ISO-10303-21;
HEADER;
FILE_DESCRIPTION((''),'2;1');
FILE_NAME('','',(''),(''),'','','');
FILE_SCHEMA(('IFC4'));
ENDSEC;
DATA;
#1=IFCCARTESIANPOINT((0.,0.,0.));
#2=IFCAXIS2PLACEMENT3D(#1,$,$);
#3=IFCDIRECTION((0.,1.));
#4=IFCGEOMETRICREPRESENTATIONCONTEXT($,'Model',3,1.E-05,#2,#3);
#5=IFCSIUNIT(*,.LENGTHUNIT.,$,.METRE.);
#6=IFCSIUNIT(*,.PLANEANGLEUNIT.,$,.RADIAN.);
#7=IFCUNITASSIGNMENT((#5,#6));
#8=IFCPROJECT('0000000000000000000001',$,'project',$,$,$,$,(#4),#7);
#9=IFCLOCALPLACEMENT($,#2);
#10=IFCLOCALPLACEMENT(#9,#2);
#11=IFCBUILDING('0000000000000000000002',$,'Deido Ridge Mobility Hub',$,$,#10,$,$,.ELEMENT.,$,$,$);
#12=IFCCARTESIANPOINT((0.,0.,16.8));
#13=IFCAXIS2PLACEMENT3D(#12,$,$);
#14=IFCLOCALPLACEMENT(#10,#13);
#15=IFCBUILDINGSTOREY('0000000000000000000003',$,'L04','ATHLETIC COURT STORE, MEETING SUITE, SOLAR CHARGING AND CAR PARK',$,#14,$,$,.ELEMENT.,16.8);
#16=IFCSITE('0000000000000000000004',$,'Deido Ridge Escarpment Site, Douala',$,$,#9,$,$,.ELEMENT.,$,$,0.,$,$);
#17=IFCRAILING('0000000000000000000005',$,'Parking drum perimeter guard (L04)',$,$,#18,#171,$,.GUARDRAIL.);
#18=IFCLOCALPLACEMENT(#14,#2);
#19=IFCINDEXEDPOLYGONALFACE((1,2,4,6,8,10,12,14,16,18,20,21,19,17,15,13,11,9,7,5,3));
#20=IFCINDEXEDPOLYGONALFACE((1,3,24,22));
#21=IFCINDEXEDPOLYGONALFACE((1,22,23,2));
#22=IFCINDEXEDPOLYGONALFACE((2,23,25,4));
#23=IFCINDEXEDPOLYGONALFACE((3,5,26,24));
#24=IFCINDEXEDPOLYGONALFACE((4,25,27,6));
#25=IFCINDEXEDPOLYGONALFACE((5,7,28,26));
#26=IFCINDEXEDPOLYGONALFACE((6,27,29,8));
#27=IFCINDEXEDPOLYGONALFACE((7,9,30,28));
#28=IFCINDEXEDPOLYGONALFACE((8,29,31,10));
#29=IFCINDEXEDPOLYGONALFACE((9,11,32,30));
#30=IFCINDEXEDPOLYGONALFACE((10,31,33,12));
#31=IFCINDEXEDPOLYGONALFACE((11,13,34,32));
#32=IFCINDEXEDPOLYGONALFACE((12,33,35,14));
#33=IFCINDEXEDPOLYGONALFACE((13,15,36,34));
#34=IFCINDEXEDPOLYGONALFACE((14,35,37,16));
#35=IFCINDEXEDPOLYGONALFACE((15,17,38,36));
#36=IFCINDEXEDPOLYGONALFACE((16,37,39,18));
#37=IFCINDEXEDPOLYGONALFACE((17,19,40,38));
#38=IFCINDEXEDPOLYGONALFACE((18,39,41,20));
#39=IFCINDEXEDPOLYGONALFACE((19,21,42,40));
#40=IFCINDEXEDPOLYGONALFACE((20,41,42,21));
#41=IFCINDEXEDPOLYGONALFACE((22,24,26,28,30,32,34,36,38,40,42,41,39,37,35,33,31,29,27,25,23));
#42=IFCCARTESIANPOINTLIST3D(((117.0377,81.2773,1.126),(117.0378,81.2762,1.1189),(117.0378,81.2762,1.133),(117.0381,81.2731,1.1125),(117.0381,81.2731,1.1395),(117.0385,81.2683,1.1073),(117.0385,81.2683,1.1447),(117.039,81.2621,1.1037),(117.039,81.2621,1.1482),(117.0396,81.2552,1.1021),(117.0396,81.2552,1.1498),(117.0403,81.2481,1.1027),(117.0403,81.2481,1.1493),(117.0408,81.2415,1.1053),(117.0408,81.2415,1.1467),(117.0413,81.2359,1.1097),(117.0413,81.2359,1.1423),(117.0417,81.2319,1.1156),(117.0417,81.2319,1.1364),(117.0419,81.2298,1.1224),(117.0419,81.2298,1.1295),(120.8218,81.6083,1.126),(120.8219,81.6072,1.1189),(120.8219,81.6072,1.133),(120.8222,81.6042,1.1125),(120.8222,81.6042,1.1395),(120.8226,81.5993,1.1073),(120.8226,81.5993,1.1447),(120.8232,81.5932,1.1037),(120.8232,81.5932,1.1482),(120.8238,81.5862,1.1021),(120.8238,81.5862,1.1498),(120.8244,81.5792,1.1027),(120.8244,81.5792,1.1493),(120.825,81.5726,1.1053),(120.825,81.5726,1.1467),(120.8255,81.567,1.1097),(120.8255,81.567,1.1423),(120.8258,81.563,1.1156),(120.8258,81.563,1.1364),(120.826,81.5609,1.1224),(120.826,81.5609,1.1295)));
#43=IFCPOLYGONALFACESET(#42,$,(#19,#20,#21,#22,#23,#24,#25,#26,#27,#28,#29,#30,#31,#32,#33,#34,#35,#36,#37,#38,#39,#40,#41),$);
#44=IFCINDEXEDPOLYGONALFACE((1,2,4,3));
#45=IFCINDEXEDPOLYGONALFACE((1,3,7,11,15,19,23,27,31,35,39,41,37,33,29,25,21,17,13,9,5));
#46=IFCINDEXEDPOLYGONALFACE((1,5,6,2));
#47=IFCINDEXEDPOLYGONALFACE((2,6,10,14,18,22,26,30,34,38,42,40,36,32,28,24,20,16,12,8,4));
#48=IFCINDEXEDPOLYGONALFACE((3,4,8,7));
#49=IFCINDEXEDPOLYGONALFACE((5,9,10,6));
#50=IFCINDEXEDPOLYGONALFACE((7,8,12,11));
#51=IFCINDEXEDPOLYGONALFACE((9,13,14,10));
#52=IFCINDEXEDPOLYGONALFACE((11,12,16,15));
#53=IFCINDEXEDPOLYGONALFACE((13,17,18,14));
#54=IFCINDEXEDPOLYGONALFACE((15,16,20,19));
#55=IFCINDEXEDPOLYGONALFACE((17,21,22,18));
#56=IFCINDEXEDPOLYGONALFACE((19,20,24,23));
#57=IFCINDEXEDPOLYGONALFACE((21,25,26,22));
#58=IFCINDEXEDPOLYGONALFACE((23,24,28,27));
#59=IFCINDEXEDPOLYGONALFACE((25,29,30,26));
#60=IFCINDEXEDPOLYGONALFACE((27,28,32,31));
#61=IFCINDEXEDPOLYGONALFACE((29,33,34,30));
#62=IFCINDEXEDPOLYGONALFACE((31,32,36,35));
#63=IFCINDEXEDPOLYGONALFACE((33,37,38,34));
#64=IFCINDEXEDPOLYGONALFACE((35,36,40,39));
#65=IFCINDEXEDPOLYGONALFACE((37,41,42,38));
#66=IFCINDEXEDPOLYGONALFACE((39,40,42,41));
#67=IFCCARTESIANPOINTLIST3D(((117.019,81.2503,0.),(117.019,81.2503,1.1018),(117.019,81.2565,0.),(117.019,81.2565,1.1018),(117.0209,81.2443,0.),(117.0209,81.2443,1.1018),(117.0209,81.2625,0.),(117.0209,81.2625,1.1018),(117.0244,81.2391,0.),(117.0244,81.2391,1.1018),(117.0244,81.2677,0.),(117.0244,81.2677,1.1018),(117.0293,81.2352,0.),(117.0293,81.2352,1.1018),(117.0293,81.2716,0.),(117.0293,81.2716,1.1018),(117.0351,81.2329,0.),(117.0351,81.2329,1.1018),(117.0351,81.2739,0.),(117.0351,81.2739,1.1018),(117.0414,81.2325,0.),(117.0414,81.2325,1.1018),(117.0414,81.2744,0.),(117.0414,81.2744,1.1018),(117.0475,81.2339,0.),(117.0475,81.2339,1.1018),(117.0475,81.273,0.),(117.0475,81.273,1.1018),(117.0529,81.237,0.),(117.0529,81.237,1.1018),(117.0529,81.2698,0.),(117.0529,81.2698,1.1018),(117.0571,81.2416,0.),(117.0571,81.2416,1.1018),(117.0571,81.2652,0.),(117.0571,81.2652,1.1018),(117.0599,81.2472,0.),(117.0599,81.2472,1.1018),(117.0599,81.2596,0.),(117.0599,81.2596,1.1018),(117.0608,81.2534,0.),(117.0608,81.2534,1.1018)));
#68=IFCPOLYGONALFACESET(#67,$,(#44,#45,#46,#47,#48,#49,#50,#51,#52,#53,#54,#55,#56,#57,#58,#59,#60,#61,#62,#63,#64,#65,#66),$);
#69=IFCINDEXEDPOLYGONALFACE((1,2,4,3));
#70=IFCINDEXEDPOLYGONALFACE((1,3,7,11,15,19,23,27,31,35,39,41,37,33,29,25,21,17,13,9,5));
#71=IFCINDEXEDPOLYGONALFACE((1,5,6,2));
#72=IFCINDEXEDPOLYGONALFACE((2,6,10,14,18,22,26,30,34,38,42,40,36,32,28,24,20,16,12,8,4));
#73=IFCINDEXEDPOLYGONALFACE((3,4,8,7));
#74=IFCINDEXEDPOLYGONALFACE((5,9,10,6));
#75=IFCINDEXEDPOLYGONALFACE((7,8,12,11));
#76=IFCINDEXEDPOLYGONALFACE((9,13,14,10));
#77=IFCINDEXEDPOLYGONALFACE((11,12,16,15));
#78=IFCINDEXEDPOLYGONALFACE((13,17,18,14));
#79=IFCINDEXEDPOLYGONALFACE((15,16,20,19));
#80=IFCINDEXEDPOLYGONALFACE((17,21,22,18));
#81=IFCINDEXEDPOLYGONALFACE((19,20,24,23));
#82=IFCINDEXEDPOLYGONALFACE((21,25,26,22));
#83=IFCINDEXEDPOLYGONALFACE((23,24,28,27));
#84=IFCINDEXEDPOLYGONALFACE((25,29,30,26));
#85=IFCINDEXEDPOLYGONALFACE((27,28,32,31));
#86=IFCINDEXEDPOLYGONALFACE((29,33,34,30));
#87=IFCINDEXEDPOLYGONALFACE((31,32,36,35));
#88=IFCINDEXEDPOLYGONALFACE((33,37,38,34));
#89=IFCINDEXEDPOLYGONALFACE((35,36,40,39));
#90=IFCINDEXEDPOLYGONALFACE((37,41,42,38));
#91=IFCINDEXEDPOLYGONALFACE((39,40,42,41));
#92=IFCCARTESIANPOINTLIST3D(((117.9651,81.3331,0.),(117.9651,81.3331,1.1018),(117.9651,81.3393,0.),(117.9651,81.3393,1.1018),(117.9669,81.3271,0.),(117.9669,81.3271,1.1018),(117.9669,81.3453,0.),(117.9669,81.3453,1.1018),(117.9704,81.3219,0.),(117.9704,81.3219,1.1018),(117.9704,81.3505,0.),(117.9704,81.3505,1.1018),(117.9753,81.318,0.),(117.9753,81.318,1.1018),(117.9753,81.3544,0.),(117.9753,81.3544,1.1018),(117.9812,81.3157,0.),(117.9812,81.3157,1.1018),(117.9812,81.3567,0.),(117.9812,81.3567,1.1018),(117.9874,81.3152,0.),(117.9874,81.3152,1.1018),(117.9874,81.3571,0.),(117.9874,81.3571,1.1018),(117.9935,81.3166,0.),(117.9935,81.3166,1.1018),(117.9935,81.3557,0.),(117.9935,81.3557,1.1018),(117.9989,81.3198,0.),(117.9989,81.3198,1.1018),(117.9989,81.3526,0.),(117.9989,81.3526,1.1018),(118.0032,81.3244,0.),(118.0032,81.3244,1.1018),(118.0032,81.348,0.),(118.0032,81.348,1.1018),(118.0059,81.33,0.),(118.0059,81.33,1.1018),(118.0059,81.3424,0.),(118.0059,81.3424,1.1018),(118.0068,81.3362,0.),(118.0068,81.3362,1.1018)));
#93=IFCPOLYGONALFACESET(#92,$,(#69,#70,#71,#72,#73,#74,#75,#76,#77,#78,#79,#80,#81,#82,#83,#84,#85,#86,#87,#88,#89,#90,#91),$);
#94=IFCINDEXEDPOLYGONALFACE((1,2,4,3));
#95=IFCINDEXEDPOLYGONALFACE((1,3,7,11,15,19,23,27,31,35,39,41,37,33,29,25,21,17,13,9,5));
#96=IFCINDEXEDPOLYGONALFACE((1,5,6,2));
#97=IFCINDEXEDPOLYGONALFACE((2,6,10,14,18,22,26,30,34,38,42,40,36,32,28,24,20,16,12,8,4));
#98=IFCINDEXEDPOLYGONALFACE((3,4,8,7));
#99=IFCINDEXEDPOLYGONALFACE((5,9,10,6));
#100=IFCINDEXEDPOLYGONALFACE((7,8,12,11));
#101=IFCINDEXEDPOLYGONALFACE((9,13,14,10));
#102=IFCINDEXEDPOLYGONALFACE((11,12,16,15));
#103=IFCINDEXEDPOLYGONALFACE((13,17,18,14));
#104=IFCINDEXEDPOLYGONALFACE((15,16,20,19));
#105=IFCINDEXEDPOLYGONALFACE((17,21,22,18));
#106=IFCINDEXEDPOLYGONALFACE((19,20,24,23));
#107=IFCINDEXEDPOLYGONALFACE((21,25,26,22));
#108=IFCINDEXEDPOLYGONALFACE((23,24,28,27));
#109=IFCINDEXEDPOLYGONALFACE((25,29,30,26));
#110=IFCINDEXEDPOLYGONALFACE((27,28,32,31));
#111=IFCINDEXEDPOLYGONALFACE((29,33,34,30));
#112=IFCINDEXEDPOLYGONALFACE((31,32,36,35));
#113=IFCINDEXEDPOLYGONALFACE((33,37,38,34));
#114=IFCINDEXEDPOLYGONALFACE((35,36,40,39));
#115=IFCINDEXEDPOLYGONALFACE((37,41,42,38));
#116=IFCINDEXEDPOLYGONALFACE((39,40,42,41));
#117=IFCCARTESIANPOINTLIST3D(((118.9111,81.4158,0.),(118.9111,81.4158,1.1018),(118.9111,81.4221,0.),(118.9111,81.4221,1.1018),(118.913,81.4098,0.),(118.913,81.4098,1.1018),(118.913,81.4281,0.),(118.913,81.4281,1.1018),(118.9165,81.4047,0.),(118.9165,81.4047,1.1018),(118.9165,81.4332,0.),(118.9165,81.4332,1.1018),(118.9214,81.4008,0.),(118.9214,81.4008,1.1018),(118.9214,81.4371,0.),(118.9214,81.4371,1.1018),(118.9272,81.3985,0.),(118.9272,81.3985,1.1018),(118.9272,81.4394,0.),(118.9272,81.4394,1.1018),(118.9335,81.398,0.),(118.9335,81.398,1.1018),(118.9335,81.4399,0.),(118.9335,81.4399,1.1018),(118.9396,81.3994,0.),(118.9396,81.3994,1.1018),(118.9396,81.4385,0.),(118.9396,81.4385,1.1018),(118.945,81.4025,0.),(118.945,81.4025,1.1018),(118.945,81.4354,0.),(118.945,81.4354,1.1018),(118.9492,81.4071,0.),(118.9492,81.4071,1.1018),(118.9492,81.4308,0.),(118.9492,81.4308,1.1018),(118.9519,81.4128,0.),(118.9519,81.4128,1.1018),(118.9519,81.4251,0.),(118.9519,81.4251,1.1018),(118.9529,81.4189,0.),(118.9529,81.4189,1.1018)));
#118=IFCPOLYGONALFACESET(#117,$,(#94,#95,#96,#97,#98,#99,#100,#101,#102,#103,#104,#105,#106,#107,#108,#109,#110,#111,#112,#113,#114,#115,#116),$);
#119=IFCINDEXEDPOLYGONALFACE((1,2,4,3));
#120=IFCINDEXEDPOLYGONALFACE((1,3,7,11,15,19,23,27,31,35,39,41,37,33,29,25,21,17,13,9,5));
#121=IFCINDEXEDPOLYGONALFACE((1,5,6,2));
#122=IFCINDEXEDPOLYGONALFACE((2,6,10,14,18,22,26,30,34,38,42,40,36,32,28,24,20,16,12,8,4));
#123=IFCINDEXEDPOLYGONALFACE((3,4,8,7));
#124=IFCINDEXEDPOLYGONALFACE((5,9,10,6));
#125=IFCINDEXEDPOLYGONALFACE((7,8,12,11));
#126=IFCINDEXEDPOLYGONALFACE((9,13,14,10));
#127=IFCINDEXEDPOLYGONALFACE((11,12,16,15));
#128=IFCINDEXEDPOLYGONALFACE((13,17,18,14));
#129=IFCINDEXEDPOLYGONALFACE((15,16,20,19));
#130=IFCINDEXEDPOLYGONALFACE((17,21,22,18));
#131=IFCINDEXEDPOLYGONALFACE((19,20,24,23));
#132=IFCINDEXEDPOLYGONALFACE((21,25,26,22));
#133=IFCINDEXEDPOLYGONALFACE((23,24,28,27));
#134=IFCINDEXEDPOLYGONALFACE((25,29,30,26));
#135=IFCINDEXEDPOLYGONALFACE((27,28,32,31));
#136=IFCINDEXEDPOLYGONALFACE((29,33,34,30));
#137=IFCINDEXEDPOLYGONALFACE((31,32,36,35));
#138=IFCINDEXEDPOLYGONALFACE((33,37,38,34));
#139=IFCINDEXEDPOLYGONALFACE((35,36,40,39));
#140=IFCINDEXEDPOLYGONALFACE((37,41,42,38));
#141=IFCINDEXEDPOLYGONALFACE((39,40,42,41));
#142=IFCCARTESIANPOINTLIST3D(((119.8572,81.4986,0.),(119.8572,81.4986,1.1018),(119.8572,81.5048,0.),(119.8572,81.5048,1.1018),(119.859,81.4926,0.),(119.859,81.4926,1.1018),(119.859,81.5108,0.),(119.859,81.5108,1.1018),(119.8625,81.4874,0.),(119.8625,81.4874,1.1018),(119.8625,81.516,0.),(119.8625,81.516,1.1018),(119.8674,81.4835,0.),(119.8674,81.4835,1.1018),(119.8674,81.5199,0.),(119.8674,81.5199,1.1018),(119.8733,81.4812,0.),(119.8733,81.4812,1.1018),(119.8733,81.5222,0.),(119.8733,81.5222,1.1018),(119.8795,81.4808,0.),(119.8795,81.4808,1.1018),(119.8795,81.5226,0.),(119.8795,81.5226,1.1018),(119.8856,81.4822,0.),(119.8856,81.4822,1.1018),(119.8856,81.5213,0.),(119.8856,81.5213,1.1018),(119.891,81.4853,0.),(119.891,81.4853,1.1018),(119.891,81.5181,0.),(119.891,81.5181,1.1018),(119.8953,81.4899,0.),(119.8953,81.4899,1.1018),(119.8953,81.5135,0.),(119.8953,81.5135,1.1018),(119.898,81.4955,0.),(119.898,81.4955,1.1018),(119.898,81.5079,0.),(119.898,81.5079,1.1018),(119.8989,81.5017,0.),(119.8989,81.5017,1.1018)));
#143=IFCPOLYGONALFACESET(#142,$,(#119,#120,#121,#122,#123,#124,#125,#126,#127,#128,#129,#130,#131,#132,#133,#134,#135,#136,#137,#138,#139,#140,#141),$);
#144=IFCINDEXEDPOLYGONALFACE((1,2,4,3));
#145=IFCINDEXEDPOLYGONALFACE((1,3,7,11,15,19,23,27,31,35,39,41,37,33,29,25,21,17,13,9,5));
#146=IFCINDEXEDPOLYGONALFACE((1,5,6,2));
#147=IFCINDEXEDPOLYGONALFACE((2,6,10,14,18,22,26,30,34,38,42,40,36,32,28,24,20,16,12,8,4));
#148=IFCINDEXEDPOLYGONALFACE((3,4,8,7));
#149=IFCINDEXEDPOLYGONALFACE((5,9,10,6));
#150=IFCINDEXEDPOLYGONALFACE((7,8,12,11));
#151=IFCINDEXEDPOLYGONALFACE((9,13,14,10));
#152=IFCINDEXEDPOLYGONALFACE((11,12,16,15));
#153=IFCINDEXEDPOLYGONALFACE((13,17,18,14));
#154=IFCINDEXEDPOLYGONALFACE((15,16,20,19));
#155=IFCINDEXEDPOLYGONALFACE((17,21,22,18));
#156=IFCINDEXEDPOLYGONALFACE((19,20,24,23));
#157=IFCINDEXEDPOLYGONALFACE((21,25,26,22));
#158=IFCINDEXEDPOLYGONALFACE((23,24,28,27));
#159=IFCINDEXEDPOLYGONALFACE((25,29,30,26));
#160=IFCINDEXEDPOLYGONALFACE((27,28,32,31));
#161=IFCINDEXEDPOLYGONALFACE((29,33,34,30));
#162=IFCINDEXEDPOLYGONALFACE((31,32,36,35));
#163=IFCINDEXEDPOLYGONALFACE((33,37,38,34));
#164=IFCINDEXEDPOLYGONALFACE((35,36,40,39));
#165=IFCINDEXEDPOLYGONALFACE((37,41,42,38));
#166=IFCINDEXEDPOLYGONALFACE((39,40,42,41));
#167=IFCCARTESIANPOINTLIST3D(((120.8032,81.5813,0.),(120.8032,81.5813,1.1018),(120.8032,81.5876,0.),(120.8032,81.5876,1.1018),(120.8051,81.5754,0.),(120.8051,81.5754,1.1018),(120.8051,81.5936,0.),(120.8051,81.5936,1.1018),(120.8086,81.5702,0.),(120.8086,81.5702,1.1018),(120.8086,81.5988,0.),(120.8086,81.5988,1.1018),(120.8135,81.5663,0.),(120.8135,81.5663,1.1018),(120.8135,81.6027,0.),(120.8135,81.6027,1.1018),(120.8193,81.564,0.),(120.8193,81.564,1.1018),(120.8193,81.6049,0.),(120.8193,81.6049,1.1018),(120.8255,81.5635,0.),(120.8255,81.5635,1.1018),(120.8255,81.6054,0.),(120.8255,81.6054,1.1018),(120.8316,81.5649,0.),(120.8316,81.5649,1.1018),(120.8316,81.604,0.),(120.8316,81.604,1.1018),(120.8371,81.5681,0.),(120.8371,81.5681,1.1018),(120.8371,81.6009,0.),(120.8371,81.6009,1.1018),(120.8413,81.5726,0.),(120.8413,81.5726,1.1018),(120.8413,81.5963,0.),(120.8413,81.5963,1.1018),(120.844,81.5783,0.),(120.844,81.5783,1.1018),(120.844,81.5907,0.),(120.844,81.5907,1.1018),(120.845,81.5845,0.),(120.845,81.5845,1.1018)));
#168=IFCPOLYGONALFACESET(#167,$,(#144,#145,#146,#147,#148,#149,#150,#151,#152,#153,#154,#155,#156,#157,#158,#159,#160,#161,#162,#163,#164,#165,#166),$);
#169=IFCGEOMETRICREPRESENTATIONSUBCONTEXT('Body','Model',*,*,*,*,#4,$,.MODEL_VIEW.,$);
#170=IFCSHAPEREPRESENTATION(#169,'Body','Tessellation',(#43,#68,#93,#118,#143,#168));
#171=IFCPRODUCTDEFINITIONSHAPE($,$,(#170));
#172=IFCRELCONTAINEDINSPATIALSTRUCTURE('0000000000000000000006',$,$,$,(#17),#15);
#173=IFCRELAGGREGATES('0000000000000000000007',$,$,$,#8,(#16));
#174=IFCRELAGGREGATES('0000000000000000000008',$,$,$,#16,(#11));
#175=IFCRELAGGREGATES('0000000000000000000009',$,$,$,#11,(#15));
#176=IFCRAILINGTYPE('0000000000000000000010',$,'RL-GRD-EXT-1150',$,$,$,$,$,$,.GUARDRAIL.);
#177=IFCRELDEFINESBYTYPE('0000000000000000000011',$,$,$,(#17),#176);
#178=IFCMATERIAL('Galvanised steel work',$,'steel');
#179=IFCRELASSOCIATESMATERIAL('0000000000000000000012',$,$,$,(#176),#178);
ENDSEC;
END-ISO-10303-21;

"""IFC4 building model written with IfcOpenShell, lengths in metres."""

from ifc_helpers import new_model, si_unit, direction, frame, origin, origin_2d, place, context, subcontext, project, spatial, circle, extrude, material, type_object, element, save


model = new_model("IFC4")

# Units and contexts
model_context = context("Model", 3, precision=1e-05, world=origin(), true_north=direction((0.0, 1.0)))
body_context = subcontext(model_context, "Body", "Model", "MODEL_VIEW")
ifc_project = project(units=[si_unit("LENGTHUNIT", "METRE"), si_unit("PLANEANGLEUNIT", "RADIAN")], contexts=[model_context])

# Site, building, storey
site_placement = place(None, origin())
site = spatial("IfcSite", under=ifc_project, at=site_placement, Name="Deido Ridge Escarpment Site, Douala", CompositionType="ELEMENT", RefElevation=0.0)
building_placement = place(site_placement, origin())
building = spatial("IfcBuilding", under=site, at=building_placement, Name="Deido Ridge Mobility Hub", CompositionType="ELEMENT")
storey_placement = place(building_placement, frame((0.0, 0.0, 16.8)))
storey = spatial("IfcBuildingStorey", under=building, at=storey_placement, Name="L04", Description="ATHLETIC COURT STORE, MEETING SUITE, SOLAR CHARGING AND CAR PARK", CompositionType="ELEMENT", Elevation=16.8)

# Railing
ifc_material_1 = material(Name="Galvanised steel work", Category="steel")
railing_type = type_object("IfcRailingType", Name="RL-GRD-EXT-1150", PredefinedType="GUARDRAIL", material=ifc_material_1)
railing_1_placement = place(storey_placement, frame((117.0398, 81.2534, 0.0)))
element("IfcRailing", 1, at=railing_1_placement, inside=storey, type_object=railing_type, Name="Parking drum perimeter guard (L04)", PredefinedType="GUARDRAIL", context=body_context, shape_type="SweptSolid", body=[
    extrude(circle(Radius=0.0239, at=origin_2d()), frame((0.0, 0.0, 1.126), z_axis=(0.996195, 0.087151, 0.0), x_axis=(-0.087151, 0.996195, 0.0)), (0.0, 0.0, 1.0), 3.7986),
    extrude(circle(Radius=0.021, at=origin_2d()), origin(), (0.0, 0.0, 1.0), 1.1018),
    extrude(circle(Radius=0.021, at=origin_2d()), frame((0.946, 0.0828, 0.0)), (0.0, 0.0, 1.0), 1.1018),
    extrude(circle(Radius=0.021, at=origin_2d()), frame((1.8921, 0.1655, 0.0)), (0.0, 0.0, 1.0), 1.1018),
    extrude(circle(Radius=0.021, at=origin_2d()), frame((2.8381, 0.2483, 0.0)), (0.0, 0.0, 1.0), 1.1018),
    extrude(circle(Radius=0.021, at=origin_2d()), frame((3.7842, 0.3311, 0.0)), (0.0, 0.0, 1.0), 1.1018),
])

save(model, "model.ifc")
